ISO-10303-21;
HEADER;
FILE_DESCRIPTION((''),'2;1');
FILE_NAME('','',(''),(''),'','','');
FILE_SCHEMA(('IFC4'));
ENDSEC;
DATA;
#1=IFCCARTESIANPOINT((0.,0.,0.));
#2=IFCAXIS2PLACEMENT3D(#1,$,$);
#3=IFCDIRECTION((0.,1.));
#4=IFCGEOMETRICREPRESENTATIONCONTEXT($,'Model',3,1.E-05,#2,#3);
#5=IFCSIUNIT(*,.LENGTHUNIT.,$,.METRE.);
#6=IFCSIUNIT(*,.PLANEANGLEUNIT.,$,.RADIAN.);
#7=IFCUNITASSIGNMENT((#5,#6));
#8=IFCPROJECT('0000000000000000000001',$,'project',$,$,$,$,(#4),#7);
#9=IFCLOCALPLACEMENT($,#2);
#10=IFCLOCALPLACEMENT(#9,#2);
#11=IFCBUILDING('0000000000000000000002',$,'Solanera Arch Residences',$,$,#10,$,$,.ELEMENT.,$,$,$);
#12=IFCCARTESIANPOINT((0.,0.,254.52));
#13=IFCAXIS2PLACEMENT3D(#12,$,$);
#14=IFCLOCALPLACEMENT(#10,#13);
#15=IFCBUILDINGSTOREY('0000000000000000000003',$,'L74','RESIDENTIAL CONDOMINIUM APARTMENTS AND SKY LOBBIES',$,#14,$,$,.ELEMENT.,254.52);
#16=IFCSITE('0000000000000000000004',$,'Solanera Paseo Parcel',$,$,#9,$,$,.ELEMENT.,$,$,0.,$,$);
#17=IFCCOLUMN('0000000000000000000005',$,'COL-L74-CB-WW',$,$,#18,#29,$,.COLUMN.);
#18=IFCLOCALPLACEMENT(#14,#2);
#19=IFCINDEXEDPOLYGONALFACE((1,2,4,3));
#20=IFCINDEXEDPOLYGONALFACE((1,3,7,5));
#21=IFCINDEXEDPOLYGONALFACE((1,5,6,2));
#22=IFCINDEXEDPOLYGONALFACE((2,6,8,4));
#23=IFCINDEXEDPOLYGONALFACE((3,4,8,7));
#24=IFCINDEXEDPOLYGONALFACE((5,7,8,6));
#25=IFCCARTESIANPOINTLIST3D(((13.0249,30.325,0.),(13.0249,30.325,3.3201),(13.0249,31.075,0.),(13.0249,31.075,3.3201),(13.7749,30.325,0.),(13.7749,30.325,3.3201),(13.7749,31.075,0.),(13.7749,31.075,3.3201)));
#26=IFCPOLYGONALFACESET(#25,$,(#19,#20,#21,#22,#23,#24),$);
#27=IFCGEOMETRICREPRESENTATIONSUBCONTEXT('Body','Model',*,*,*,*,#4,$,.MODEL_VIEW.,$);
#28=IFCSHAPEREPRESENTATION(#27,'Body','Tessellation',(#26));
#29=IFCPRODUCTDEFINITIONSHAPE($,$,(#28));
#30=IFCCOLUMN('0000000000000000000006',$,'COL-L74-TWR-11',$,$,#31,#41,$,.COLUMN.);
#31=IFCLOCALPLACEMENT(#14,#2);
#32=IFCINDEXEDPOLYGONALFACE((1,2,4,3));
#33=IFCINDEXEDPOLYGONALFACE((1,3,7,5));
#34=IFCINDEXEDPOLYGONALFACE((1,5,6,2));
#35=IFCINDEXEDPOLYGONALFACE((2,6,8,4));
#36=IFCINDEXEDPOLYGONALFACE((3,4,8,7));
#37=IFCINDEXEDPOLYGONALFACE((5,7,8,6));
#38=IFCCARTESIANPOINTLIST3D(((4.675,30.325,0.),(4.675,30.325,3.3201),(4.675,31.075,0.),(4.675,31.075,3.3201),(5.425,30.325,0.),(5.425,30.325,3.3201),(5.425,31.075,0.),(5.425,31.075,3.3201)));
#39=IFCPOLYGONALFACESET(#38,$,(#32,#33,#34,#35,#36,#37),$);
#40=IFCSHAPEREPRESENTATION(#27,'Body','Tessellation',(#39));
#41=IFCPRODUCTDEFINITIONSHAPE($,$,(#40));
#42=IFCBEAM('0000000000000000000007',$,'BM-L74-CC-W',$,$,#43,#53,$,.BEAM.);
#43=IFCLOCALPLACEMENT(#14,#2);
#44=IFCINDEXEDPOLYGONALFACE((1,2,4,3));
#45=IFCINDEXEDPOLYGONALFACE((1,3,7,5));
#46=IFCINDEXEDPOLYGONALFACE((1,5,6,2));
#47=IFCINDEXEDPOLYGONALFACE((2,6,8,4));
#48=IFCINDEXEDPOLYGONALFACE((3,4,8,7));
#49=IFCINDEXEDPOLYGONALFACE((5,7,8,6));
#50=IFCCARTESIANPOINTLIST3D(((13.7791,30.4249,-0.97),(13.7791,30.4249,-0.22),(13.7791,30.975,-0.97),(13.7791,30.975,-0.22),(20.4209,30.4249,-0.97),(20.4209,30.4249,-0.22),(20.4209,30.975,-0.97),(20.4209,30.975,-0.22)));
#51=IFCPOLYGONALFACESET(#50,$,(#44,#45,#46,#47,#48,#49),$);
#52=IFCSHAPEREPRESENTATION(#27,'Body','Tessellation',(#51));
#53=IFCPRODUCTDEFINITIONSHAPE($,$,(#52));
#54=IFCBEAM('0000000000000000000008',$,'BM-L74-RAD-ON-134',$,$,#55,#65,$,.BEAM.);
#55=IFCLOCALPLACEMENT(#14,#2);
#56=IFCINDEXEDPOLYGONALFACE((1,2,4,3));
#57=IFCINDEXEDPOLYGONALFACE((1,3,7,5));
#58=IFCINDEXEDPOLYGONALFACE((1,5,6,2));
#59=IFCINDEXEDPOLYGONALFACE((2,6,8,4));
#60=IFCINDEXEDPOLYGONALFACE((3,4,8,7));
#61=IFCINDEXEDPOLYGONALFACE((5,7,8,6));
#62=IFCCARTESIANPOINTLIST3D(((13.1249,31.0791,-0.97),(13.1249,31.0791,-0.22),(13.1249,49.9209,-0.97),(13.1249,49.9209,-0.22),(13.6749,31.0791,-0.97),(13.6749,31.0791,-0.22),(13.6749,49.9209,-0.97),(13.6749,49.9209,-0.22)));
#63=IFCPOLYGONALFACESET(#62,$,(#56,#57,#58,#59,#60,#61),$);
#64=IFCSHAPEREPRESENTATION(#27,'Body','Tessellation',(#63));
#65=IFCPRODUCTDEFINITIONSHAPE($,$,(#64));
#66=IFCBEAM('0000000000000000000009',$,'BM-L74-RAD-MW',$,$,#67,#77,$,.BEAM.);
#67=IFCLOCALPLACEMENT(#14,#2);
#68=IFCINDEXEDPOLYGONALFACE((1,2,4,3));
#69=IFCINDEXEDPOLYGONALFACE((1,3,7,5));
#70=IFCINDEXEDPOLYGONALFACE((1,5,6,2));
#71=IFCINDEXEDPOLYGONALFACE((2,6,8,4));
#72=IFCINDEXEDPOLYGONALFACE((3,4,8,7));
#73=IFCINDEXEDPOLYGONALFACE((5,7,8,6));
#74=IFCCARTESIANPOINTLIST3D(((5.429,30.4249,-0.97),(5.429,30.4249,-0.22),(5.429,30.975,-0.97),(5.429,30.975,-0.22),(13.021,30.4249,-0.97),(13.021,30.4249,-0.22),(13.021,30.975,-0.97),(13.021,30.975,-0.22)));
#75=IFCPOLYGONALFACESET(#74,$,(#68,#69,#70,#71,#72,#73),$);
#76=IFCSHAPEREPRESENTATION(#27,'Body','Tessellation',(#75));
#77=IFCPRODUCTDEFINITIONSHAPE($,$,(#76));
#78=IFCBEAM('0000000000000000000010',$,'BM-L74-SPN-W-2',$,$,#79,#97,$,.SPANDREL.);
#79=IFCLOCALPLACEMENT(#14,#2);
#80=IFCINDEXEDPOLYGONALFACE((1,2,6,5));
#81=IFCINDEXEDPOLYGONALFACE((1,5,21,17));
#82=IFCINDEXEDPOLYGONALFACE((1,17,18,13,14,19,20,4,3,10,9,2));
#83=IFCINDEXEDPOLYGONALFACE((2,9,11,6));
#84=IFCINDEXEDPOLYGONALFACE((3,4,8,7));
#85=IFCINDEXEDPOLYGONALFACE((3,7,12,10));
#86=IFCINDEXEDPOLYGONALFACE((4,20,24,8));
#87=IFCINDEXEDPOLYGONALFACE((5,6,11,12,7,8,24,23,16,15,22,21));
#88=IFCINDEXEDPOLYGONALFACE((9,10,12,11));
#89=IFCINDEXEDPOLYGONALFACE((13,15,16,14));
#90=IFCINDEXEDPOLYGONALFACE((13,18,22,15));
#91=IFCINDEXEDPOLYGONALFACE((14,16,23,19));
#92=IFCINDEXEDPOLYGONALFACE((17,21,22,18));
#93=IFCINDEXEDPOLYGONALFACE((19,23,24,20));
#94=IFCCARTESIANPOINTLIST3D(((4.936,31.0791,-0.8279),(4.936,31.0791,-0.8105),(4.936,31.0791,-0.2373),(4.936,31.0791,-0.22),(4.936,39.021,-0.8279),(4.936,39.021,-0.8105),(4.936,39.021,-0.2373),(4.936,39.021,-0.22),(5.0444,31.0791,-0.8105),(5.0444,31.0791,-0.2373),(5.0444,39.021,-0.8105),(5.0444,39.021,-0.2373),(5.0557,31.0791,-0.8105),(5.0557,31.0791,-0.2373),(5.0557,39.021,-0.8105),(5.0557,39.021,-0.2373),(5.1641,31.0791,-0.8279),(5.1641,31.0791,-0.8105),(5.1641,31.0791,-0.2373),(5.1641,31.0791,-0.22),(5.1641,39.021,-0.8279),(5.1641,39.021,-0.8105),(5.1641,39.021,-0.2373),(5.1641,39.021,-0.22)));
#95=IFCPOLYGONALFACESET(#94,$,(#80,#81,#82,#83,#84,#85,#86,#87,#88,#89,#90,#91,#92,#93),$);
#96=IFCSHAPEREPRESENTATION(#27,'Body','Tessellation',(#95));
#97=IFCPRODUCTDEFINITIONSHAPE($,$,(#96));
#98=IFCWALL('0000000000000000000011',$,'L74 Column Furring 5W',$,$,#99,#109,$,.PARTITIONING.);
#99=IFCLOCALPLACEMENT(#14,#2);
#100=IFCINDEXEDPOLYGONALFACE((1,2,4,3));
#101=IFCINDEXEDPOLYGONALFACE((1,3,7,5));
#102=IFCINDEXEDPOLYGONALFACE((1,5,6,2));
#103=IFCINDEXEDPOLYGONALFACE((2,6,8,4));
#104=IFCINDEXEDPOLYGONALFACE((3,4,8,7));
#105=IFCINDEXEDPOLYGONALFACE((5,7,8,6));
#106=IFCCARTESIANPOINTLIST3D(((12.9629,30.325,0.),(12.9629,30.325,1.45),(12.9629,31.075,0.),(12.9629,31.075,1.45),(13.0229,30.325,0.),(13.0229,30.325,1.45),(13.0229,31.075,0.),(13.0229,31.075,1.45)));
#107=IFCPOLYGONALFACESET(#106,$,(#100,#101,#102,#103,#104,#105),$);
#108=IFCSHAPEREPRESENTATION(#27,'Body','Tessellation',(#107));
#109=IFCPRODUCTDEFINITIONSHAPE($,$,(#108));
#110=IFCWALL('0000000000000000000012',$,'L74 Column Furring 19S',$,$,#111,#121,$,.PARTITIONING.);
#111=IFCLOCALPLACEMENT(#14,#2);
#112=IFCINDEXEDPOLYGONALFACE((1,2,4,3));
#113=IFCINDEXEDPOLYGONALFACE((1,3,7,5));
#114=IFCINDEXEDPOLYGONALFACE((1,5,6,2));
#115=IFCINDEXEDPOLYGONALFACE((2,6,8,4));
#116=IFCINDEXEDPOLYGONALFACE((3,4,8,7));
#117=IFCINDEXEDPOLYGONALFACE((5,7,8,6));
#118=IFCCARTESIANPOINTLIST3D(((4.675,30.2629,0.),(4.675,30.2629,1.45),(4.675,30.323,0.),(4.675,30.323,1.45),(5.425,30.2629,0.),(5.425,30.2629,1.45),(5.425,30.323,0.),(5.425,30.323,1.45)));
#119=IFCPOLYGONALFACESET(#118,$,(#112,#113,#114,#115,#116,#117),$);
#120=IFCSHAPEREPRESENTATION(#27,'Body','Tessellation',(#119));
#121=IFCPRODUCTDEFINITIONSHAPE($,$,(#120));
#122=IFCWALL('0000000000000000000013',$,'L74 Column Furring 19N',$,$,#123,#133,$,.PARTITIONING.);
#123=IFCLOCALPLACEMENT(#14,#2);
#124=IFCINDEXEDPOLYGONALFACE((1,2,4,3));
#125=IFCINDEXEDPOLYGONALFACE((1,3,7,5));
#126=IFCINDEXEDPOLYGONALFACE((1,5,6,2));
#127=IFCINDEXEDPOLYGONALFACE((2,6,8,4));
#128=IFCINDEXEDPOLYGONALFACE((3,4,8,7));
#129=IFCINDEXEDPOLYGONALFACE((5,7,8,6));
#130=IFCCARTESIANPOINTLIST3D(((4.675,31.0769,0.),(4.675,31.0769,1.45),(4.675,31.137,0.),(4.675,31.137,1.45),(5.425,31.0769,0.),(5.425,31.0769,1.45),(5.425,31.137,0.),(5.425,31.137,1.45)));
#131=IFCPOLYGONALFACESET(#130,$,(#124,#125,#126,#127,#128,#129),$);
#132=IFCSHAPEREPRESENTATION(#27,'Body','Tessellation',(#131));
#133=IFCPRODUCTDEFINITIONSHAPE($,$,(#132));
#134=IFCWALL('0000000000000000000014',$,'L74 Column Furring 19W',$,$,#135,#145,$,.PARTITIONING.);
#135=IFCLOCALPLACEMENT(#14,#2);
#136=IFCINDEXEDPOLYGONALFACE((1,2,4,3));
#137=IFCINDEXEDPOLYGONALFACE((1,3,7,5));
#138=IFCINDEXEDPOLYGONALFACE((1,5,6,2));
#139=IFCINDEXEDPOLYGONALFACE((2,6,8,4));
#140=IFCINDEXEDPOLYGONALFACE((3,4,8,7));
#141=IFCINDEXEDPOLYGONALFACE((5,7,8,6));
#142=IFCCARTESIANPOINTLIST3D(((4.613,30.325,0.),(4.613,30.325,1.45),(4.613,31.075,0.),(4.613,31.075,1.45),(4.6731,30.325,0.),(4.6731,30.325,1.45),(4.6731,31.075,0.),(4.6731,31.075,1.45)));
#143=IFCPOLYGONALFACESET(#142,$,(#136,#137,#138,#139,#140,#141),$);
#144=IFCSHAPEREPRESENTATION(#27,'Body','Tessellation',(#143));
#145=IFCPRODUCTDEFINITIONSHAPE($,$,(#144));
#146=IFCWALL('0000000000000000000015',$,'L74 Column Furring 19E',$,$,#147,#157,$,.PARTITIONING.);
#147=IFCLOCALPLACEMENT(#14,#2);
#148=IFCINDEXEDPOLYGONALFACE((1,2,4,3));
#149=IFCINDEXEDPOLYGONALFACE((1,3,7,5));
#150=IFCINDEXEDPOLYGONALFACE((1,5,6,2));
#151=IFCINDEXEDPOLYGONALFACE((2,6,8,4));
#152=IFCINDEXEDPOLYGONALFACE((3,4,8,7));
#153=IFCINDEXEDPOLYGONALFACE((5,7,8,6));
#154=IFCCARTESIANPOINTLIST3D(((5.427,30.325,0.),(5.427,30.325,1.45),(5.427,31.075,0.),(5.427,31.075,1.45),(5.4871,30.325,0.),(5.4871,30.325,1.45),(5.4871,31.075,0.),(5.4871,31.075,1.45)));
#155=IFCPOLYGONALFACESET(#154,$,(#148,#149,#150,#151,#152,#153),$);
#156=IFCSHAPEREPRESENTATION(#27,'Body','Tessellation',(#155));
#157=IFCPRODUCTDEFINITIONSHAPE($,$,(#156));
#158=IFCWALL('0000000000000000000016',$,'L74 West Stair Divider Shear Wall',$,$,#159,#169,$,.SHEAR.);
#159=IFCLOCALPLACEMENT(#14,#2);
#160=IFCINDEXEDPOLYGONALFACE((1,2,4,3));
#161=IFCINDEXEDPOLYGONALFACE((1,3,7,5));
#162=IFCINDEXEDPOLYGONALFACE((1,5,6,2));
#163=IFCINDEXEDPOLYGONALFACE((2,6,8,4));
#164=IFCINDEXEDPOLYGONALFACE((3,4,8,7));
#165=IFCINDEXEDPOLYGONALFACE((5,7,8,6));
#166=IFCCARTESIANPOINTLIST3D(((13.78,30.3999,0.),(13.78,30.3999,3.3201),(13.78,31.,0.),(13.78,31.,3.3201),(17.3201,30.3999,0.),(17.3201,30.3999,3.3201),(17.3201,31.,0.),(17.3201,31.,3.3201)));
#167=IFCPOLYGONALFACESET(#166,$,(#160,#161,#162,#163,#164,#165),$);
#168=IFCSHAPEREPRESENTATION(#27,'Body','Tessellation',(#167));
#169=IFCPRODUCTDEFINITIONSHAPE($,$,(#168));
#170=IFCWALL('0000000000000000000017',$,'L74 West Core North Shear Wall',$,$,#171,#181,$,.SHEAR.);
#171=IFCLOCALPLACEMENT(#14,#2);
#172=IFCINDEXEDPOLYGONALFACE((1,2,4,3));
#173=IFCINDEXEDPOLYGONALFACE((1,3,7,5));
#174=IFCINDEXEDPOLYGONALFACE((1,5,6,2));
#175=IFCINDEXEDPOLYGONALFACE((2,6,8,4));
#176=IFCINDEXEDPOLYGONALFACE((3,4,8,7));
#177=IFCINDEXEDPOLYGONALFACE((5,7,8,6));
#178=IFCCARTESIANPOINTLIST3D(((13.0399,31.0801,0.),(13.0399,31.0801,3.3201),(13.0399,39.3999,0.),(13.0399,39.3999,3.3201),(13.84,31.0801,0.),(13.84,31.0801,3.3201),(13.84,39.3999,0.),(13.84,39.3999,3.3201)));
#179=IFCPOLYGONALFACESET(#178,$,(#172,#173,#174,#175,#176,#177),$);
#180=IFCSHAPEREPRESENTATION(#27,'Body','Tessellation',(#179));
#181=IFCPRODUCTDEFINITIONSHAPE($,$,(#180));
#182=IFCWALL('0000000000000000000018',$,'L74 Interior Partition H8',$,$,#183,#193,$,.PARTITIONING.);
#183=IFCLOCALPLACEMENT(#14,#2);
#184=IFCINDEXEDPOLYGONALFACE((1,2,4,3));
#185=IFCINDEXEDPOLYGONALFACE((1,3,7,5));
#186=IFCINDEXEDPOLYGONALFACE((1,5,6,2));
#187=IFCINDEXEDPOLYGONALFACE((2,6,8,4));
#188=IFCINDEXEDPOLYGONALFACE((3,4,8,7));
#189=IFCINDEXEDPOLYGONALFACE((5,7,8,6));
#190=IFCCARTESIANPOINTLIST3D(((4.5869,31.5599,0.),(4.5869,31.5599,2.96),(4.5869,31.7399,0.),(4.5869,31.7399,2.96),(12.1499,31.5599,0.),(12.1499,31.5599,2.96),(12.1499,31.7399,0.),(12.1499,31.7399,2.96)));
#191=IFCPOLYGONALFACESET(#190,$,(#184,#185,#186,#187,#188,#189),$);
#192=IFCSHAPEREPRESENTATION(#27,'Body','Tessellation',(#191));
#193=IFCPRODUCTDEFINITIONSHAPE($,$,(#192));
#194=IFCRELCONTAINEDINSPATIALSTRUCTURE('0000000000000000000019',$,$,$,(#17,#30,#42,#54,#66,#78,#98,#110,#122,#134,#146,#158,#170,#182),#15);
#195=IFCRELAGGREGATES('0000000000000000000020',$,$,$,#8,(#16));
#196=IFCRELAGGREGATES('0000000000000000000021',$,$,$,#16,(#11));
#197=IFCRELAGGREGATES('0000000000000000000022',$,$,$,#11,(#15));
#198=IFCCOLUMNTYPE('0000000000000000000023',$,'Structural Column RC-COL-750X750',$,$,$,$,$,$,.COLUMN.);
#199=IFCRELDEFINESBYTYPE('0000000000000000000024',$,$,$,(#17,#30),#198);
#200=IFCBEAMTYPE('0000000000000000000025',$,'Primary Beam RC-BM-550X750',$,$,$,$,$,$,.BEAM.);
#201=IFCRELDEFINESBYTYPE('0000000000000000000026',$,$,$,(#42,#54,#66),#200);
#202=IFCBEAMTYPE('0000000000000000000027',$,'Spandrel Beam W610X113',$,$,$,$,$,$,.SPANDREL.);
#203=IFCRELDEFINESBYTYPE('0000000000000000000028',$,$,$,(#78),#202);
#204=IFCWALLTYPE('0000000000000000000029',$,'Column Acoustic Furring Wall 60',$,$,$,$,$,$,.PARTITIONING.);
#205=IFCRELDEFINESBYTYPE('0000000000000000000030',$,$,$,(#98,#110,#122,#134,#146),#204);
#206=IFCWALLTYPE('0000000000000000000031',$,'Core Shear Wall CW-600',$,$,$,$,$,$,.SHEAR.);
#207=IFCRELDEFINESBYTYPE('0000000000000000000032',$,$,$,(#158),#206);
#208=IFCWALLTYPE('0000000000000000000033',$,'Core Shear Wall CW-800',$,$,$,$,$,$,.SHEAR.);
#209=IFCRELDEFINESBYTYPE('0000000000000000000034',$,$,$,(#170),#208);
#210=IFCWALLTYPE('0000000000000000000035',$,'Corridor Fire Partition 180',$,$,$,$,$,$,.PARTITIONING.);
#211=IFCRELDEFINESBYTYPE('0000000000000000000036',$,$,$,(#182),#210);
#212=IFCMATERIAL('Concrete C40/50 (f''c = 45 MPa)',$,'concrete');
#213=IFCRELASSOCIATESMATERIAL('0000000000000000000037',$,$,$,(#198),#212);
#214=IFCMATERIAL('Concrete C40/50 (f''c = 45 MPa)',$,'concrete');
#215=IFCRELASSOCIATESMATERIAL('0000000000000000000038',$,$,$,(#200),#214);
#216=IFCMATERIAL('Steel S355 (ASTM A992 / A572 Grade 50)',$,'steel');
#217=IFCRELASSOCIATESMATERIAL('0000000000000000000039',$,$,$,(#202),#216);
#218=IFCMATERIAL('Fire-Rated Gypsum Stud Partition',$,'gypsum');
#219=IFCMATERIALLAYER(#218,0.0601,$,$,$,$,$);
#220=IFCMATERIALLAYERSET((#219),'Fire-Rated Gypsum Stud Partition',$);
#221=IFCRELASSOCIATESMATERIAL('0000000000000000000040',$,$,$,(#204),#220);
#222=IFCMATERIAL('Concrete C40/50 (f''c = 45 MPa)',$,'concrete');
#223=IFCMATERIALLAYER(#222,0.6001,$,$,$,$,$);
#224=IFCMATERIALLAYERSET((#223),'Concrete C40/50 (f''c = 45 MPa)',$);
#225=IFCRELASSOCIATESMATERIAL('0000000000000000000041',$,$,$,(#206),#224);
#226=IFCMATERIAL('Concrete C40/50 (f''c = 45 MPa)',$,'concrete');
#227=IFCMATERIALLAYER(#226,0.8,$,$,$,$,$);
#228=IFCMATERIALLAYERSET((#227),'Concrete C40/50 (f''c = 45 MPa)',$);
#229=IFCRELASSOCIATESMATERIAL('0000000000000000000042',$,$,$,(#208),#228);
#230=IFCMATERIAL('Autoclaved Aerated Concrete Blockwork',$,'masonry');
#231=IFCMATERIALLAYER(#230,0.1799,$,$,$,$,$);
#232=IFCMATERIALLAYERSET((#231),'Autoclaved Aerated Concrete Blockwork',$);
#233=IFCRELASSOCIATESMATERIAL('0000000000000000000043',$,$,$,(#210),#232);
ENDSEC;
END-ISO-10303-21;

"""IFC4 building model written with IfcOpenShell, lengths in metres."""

from ifc_helpers import new_model, si_unit, direction, frame, frame_2d, origin, origin_2d, place, context, subcontext, project, spatial, rectangle, i_section, extrude, material, layer, layer_set, material_profile, profile_set, type_object, element, save


model = new_model("IFC4")

# Units and contexts
model_context = context("Model", 3, precision=1e-05, world=origin(), true_north=direction((0.0, 1.0)))
body_context = subcontext(model_context, "Body", "Model", "MODEL_VIEW")
ifc_project = project(units=[si_unit("LENGTHUNIT", "METRE"), si_unit("PLANEANGLEUNIT", "RADIAN")], contexts=[model_context])

# Site, building, storey
site_placement = place(None, origin())
site = spatial("IfcSite", under=ifc_project, at=site_placement, Name="Solanera Paseo Parcel", CompositionType="ELEMENT", RefElevation=0.0)
building_placement = place(site_placement, origin())
building = spatial("IfcBuilding", under=site, at=building_placement, Name="Solanera Arch Residences", CompositionType="ELEMENT")
storey_placement = place(building_placement, frame((0.0, 0.0, 254.52)))
storey = spatial("IfcBuildingStorey", under=building, at=storey_placement, Name="L74", Description="RESIDENTIAL CONDOMINIUM APARTMENTS AND SKY LOBBIES", CompositionType="ELEMENT", Elevation=254.52)

# Columns
ifc_material_1 = material(Name="Concrete C40/50 (f'c = 45 MPa)", Category="concrete")
ifc_material_profile_1 = material_profile(ifc_material_1, rectangle(XDim=0.75, YDim=0.75, at=origin_2d()))
ifc_profile_set_1 = profile_set([ifc_material_profile_1], Name="Concrete C40/50 (f'c = 45 MPa)")
column_type = type_object("IfcColumnType", Name="Structural Column RC-COL-750X750", PredefinedType="COLUMN", material=ifc_profile_set_1)
for number, where, z_axis, x_axis, name in (
    (1, (13.3999, 30.7, 0.0), (0.0, 0.0, 1.0), (1.0, 0.0, 0.0), "COL-L74-CB-WW"),
    (2, (5.05, 30.7, 0.0), (0.0, 0.0, 1.0), (1.0, 0.0, 0.0), "COL-L74-TWR-11"),
):
    element("IfcColumn", number, at=place(storey_placement, frame(where, z_axis=z_axis, x_axis=x_axis)), inside=storey, type_object=column_type, Name=name, PredefinedType="COLUMN", context=body_context, shape_type="SweptSolid", body=[
        extrude(rectangle(XDim=0.75, YDim=0.75, at=origin_2d()), origin(), (0.0, 0.0, 1.0), 3.3201),
    ])

# Beams
ifc_material_2 = material(Name="Concrete C40/50 (f'c = 45 MPa)", Category="concrete")
ifc_material_profile_2 = material_profile(ifc_material_2, rectangle(XDim=0.55, YDim=0.75, at=origin_2d()))
ifc_profile_set_2 = profile_set([ifc_material_profile_2], Name="Concrete C40/50 (f'c = 45 MPa)")
beam_type_1 = type_object("IfcBeamType", Name="Primary Beam RC-BM-550X750", PredefinedType="BEAM", material=ifc_profile_set_2)
beam_1_placement = place(storey_placement, frame((13.7791, 30.7, -0.595), z_axis=(1.0, 0.0, 0.0), x_axis=(0.0, 1.0, 0.0)))
element("IfcBeam", 3, at=beam_1_placement, inside=storey, type_object=beam_type_1, Name="BM-L74-CC-W", PredefinedType="BEAM", context=body_context, shape_type="SweptSolid", body=[
    extrude(rectangle(XDim=0.55, YDim=0.75, at=origin_2d()), origin(), (0.0, 0.0, 1.0), 6.6418),
])
beam_2_placement = place(storey_placement, frame((13.3999, 31.0791, -0.595), z_axis=(0.0, 1.0, 0.0), x_axis=(-1.0, 0.0, 0.0)))
element("IfcBeam", 4, at=beam_2_placement, inside=storey, type_object=beam_type_1, Name="BM-L74-RAD-ON-134", PredefinedType="BEAM", context=body_context, shape_type="SweptSolid", body=[
    extrude(rectangle(XDim=0.55, YDim=0.75, at=origin_2d()), origin(), (0.0, 0.0, 1.0), 18.8418),
])
beam_3_placement = place(storey_placement, frame((5.429, 30.7, -0.595), z_axis=(1.0, 0.0, 0.0), x_axis=(0.0, 1.0, 0.0)))
element("IfcBeam", 5, at=beam_3_placement, inside=storey, type_object=beam_type_1, Name="BM-L74-RAD-MW", PredefinedType="BEAM", context=body_context, shape_type="SweptSolid", body=[
    extrude(rectangle(XDim=0.55, YDim=0.75, at=origin_2d()), origin(), (0.0, 0.0, 1.0), 7.592),
])
ifc_material_3 = material(Name="Steel S355 (ASTM A992 / A572 Grade 50)", Category="steel")
ifc_material_profile_3 = material_profile(ifc_material_3, i_section(OverallWidth=0.228, OverallDepth=0.6079, WebThickness=0.0112, FlangeThickness=0.0173, at=origin_2d()))
ifc_profile_set_3 = profile_set([ifc_material_profile_3], Name="Steel S355 (ASTM A992 / A572 Grade 50)")
beam_type_2 = type_object("IfcBeamType", Name="Spandrel Beam W610X113", PredefinedType="SPANDREL", material=ifc_profile_set_3)
beam_4_placement = place(storey_placement, frame((5.05, 31.0791, -0.5239), z_axis=(0.0, 1.0, 0.0), x_axis=(-1.0, 0.0, 0.0)))
element("IfcBeam", 6, at=beam_4_placement, inside=storey, type_object=beam_type_2, Name="BM-L74-SPN-W-2", PredefinedType="SPANDREL", context=body_context, shape_type="SweptSolid", body=[
    extrude(i_section(OverallWidth=0.228, OverallDepth=0.6079, WebThickness=0.0112, FlangeThickness=0.0173, at=origin_2d()), origin(), (0.0, 0.0, 1.0), 7.9419),
])

# Walls
ifc_material_4 = material(Name="Fire-Rated Gypsum Stud Partition", Category="gypsum")
ifc_layer_1 = layer(ifc_material_4, 0.0601)
ifc_layer_set_1 = layer_set([ifc_layer_1], Name="Fire-Rated Gypsum Stud Partition")
wall_type_1 = type_object("IfcWallType", Name="Column Acoustic Furring Wall 60", PredefinedType="PARTITIONING", material=ifc_layer_set_1)
for number, where, z_axis, x_axis, name in (
    (7, (12.9929, 30.325, 0.0), (0.0, 0.0, 1.0), (0.0, 1.0, 0.0), "L74 Column Furring 5W"),
    (8, (4.675, 30.293, 0.0), (0.0, 0.0, 1.0), (1.0, 0.0, 0.0), "L74 Column Furring 19S"),
    (9, (4.675, 31.1069, 0.0), (0.0, 0.0, 1.0), (1.0, 0.0, 0.0), "L74 Column Furring 19N"),
    (10, (4.6431, 30.325, 0.0), (0.0, 0.0, 1.0), (0.0, 1.0, 0.0), "L74 Column Furring 19W"),
    (11, (5.457, 30.325, 0.0), (0.0, 0.0, 1.0), (0.0, 1.0, 0.0), "L74 Column Furring 19E"),
):
    element("IfcWall", number, at=place(storey_placement, frame(where, z_axis=z_axis, x_axis=x_axis)), inside=storey, type_object=wall_type_1, Name=name, PredefinedType="PARTITIONING", context=body_context, shape_type="SweptSolid", body=[
        extrude(rectangle(XDim=0.75, YDim=0.0601, at=frame_2d((0.375, 0.0))), origin(), (0.0, 0.0, 1.0), 1.45),
    ])
ifc_material_5 = material(Name="Concrete C40/50 (f'c = 45 MPa)", Category="concrete")
ifc_layer_2 = layer(ifc_material_5, 0.6001)
ifc_layer_set_2 = layer_set([ifc_layer_2], Name="Concrete C40/50 (f'c = 45 MPa)")
wall_type_2 = type_object("IfcWallType", Name="Core Shear Wall CW-600", PredefinedType="SHEAR", material=ifc_layer_set_2)
wall_1_placement = place(storey_placement, frame((13.78, 30.7, 0.0), z_axis=(0.0, 0.0, 1.0), x_axis=(1.0, 0.0, 0.0)))
element("IfcWall", 12, at=wall_1_placement, inside=storey, type_object=wall_type_2, Name="L74 West Stair Divider Shear Wall", PredefinedType="SHEAR", context=body_context, shape_type="SweptSolid", body=[
    extrude(rectangle(XDim=3.54, YDim=0.6001, at=frame_2d((1.77, 0.0))), origin(), (0.0, 0.0, 1.0), 3.3201),
])
ifc_material_6 = material(Name="Concrete C40/50 (f'c = 45 MPa)", Category="concrete")
ifc_layer_3 = layer(ifc_material_6, 0.8)
ifc_layer_set_3 = layer_set([ifc_layer_3], Name="Concrete C40/50 (f'c = 45 MPa)")
wall_type_3 = type_object("IfcWallType", Name="Core Shear Wall CW-800", PredefinedType="SHEAR", material=ifc_layer_set_3)
wall_2_placement = place(storey_placement, frame((13.4399, 31.0801, 0.0), z_axis=(0.0, 0.0, 1.0), x_axis=(0.0, 1.0, 0.0)))
element("IfcWall", 13, at=wall_2_placement, inside=storey, type_object=wall_type_3, Name="L74 West Core North Shear Wall", PredefinedType="SHEAR", context=body_context, shape_type="SweptSolid", body=[
    extrude(rectangle(XDim=8.3198, YDim=0.8, at=frame_2d((4.1599, 0.0))), origin(), (0.0, 0.0, 1.0), 3.3201),
])
ifc_material_7 = material(Name="Autoclaved Aerated Concrete Blockwork", Category="masonry")
ifc_layer_4 = layer(ifc_material_7, 0.1799)
ifc_layer_set_4 = layer_set([ifc_layer_4], Name="Autoclaved Aerated Concrete Blockwork")
wall_type_4 = type_object("IfcWallType", Name="Corridor Fire Partition 180", PredefinedType="PARTITIONING", material=ifc_layer_set_4)
wall_3_placement = place(storey_placement, frame((4.5869, 31.6499, 0.0), z_axis=(0.0, 0.0, 1.0), x_axis=(1.0, 0.0, 0.0)))
element("IfcWall", 14, at=wall_3_placement, inside=storey, type_object=wall_type_4, Name="L74 Interior Partition H8", PredefinedType="PARTITIONING", context=body_context, shape_type="SweptSolid", body=[
    extrude(rectangle(XDim=7.563, YDim=0.1799, at=frame_2d((3.7815, 0.0))), origin(), (0.0, 0.0, 1.0), 2.96),
])

save(model, "model.ifc")
